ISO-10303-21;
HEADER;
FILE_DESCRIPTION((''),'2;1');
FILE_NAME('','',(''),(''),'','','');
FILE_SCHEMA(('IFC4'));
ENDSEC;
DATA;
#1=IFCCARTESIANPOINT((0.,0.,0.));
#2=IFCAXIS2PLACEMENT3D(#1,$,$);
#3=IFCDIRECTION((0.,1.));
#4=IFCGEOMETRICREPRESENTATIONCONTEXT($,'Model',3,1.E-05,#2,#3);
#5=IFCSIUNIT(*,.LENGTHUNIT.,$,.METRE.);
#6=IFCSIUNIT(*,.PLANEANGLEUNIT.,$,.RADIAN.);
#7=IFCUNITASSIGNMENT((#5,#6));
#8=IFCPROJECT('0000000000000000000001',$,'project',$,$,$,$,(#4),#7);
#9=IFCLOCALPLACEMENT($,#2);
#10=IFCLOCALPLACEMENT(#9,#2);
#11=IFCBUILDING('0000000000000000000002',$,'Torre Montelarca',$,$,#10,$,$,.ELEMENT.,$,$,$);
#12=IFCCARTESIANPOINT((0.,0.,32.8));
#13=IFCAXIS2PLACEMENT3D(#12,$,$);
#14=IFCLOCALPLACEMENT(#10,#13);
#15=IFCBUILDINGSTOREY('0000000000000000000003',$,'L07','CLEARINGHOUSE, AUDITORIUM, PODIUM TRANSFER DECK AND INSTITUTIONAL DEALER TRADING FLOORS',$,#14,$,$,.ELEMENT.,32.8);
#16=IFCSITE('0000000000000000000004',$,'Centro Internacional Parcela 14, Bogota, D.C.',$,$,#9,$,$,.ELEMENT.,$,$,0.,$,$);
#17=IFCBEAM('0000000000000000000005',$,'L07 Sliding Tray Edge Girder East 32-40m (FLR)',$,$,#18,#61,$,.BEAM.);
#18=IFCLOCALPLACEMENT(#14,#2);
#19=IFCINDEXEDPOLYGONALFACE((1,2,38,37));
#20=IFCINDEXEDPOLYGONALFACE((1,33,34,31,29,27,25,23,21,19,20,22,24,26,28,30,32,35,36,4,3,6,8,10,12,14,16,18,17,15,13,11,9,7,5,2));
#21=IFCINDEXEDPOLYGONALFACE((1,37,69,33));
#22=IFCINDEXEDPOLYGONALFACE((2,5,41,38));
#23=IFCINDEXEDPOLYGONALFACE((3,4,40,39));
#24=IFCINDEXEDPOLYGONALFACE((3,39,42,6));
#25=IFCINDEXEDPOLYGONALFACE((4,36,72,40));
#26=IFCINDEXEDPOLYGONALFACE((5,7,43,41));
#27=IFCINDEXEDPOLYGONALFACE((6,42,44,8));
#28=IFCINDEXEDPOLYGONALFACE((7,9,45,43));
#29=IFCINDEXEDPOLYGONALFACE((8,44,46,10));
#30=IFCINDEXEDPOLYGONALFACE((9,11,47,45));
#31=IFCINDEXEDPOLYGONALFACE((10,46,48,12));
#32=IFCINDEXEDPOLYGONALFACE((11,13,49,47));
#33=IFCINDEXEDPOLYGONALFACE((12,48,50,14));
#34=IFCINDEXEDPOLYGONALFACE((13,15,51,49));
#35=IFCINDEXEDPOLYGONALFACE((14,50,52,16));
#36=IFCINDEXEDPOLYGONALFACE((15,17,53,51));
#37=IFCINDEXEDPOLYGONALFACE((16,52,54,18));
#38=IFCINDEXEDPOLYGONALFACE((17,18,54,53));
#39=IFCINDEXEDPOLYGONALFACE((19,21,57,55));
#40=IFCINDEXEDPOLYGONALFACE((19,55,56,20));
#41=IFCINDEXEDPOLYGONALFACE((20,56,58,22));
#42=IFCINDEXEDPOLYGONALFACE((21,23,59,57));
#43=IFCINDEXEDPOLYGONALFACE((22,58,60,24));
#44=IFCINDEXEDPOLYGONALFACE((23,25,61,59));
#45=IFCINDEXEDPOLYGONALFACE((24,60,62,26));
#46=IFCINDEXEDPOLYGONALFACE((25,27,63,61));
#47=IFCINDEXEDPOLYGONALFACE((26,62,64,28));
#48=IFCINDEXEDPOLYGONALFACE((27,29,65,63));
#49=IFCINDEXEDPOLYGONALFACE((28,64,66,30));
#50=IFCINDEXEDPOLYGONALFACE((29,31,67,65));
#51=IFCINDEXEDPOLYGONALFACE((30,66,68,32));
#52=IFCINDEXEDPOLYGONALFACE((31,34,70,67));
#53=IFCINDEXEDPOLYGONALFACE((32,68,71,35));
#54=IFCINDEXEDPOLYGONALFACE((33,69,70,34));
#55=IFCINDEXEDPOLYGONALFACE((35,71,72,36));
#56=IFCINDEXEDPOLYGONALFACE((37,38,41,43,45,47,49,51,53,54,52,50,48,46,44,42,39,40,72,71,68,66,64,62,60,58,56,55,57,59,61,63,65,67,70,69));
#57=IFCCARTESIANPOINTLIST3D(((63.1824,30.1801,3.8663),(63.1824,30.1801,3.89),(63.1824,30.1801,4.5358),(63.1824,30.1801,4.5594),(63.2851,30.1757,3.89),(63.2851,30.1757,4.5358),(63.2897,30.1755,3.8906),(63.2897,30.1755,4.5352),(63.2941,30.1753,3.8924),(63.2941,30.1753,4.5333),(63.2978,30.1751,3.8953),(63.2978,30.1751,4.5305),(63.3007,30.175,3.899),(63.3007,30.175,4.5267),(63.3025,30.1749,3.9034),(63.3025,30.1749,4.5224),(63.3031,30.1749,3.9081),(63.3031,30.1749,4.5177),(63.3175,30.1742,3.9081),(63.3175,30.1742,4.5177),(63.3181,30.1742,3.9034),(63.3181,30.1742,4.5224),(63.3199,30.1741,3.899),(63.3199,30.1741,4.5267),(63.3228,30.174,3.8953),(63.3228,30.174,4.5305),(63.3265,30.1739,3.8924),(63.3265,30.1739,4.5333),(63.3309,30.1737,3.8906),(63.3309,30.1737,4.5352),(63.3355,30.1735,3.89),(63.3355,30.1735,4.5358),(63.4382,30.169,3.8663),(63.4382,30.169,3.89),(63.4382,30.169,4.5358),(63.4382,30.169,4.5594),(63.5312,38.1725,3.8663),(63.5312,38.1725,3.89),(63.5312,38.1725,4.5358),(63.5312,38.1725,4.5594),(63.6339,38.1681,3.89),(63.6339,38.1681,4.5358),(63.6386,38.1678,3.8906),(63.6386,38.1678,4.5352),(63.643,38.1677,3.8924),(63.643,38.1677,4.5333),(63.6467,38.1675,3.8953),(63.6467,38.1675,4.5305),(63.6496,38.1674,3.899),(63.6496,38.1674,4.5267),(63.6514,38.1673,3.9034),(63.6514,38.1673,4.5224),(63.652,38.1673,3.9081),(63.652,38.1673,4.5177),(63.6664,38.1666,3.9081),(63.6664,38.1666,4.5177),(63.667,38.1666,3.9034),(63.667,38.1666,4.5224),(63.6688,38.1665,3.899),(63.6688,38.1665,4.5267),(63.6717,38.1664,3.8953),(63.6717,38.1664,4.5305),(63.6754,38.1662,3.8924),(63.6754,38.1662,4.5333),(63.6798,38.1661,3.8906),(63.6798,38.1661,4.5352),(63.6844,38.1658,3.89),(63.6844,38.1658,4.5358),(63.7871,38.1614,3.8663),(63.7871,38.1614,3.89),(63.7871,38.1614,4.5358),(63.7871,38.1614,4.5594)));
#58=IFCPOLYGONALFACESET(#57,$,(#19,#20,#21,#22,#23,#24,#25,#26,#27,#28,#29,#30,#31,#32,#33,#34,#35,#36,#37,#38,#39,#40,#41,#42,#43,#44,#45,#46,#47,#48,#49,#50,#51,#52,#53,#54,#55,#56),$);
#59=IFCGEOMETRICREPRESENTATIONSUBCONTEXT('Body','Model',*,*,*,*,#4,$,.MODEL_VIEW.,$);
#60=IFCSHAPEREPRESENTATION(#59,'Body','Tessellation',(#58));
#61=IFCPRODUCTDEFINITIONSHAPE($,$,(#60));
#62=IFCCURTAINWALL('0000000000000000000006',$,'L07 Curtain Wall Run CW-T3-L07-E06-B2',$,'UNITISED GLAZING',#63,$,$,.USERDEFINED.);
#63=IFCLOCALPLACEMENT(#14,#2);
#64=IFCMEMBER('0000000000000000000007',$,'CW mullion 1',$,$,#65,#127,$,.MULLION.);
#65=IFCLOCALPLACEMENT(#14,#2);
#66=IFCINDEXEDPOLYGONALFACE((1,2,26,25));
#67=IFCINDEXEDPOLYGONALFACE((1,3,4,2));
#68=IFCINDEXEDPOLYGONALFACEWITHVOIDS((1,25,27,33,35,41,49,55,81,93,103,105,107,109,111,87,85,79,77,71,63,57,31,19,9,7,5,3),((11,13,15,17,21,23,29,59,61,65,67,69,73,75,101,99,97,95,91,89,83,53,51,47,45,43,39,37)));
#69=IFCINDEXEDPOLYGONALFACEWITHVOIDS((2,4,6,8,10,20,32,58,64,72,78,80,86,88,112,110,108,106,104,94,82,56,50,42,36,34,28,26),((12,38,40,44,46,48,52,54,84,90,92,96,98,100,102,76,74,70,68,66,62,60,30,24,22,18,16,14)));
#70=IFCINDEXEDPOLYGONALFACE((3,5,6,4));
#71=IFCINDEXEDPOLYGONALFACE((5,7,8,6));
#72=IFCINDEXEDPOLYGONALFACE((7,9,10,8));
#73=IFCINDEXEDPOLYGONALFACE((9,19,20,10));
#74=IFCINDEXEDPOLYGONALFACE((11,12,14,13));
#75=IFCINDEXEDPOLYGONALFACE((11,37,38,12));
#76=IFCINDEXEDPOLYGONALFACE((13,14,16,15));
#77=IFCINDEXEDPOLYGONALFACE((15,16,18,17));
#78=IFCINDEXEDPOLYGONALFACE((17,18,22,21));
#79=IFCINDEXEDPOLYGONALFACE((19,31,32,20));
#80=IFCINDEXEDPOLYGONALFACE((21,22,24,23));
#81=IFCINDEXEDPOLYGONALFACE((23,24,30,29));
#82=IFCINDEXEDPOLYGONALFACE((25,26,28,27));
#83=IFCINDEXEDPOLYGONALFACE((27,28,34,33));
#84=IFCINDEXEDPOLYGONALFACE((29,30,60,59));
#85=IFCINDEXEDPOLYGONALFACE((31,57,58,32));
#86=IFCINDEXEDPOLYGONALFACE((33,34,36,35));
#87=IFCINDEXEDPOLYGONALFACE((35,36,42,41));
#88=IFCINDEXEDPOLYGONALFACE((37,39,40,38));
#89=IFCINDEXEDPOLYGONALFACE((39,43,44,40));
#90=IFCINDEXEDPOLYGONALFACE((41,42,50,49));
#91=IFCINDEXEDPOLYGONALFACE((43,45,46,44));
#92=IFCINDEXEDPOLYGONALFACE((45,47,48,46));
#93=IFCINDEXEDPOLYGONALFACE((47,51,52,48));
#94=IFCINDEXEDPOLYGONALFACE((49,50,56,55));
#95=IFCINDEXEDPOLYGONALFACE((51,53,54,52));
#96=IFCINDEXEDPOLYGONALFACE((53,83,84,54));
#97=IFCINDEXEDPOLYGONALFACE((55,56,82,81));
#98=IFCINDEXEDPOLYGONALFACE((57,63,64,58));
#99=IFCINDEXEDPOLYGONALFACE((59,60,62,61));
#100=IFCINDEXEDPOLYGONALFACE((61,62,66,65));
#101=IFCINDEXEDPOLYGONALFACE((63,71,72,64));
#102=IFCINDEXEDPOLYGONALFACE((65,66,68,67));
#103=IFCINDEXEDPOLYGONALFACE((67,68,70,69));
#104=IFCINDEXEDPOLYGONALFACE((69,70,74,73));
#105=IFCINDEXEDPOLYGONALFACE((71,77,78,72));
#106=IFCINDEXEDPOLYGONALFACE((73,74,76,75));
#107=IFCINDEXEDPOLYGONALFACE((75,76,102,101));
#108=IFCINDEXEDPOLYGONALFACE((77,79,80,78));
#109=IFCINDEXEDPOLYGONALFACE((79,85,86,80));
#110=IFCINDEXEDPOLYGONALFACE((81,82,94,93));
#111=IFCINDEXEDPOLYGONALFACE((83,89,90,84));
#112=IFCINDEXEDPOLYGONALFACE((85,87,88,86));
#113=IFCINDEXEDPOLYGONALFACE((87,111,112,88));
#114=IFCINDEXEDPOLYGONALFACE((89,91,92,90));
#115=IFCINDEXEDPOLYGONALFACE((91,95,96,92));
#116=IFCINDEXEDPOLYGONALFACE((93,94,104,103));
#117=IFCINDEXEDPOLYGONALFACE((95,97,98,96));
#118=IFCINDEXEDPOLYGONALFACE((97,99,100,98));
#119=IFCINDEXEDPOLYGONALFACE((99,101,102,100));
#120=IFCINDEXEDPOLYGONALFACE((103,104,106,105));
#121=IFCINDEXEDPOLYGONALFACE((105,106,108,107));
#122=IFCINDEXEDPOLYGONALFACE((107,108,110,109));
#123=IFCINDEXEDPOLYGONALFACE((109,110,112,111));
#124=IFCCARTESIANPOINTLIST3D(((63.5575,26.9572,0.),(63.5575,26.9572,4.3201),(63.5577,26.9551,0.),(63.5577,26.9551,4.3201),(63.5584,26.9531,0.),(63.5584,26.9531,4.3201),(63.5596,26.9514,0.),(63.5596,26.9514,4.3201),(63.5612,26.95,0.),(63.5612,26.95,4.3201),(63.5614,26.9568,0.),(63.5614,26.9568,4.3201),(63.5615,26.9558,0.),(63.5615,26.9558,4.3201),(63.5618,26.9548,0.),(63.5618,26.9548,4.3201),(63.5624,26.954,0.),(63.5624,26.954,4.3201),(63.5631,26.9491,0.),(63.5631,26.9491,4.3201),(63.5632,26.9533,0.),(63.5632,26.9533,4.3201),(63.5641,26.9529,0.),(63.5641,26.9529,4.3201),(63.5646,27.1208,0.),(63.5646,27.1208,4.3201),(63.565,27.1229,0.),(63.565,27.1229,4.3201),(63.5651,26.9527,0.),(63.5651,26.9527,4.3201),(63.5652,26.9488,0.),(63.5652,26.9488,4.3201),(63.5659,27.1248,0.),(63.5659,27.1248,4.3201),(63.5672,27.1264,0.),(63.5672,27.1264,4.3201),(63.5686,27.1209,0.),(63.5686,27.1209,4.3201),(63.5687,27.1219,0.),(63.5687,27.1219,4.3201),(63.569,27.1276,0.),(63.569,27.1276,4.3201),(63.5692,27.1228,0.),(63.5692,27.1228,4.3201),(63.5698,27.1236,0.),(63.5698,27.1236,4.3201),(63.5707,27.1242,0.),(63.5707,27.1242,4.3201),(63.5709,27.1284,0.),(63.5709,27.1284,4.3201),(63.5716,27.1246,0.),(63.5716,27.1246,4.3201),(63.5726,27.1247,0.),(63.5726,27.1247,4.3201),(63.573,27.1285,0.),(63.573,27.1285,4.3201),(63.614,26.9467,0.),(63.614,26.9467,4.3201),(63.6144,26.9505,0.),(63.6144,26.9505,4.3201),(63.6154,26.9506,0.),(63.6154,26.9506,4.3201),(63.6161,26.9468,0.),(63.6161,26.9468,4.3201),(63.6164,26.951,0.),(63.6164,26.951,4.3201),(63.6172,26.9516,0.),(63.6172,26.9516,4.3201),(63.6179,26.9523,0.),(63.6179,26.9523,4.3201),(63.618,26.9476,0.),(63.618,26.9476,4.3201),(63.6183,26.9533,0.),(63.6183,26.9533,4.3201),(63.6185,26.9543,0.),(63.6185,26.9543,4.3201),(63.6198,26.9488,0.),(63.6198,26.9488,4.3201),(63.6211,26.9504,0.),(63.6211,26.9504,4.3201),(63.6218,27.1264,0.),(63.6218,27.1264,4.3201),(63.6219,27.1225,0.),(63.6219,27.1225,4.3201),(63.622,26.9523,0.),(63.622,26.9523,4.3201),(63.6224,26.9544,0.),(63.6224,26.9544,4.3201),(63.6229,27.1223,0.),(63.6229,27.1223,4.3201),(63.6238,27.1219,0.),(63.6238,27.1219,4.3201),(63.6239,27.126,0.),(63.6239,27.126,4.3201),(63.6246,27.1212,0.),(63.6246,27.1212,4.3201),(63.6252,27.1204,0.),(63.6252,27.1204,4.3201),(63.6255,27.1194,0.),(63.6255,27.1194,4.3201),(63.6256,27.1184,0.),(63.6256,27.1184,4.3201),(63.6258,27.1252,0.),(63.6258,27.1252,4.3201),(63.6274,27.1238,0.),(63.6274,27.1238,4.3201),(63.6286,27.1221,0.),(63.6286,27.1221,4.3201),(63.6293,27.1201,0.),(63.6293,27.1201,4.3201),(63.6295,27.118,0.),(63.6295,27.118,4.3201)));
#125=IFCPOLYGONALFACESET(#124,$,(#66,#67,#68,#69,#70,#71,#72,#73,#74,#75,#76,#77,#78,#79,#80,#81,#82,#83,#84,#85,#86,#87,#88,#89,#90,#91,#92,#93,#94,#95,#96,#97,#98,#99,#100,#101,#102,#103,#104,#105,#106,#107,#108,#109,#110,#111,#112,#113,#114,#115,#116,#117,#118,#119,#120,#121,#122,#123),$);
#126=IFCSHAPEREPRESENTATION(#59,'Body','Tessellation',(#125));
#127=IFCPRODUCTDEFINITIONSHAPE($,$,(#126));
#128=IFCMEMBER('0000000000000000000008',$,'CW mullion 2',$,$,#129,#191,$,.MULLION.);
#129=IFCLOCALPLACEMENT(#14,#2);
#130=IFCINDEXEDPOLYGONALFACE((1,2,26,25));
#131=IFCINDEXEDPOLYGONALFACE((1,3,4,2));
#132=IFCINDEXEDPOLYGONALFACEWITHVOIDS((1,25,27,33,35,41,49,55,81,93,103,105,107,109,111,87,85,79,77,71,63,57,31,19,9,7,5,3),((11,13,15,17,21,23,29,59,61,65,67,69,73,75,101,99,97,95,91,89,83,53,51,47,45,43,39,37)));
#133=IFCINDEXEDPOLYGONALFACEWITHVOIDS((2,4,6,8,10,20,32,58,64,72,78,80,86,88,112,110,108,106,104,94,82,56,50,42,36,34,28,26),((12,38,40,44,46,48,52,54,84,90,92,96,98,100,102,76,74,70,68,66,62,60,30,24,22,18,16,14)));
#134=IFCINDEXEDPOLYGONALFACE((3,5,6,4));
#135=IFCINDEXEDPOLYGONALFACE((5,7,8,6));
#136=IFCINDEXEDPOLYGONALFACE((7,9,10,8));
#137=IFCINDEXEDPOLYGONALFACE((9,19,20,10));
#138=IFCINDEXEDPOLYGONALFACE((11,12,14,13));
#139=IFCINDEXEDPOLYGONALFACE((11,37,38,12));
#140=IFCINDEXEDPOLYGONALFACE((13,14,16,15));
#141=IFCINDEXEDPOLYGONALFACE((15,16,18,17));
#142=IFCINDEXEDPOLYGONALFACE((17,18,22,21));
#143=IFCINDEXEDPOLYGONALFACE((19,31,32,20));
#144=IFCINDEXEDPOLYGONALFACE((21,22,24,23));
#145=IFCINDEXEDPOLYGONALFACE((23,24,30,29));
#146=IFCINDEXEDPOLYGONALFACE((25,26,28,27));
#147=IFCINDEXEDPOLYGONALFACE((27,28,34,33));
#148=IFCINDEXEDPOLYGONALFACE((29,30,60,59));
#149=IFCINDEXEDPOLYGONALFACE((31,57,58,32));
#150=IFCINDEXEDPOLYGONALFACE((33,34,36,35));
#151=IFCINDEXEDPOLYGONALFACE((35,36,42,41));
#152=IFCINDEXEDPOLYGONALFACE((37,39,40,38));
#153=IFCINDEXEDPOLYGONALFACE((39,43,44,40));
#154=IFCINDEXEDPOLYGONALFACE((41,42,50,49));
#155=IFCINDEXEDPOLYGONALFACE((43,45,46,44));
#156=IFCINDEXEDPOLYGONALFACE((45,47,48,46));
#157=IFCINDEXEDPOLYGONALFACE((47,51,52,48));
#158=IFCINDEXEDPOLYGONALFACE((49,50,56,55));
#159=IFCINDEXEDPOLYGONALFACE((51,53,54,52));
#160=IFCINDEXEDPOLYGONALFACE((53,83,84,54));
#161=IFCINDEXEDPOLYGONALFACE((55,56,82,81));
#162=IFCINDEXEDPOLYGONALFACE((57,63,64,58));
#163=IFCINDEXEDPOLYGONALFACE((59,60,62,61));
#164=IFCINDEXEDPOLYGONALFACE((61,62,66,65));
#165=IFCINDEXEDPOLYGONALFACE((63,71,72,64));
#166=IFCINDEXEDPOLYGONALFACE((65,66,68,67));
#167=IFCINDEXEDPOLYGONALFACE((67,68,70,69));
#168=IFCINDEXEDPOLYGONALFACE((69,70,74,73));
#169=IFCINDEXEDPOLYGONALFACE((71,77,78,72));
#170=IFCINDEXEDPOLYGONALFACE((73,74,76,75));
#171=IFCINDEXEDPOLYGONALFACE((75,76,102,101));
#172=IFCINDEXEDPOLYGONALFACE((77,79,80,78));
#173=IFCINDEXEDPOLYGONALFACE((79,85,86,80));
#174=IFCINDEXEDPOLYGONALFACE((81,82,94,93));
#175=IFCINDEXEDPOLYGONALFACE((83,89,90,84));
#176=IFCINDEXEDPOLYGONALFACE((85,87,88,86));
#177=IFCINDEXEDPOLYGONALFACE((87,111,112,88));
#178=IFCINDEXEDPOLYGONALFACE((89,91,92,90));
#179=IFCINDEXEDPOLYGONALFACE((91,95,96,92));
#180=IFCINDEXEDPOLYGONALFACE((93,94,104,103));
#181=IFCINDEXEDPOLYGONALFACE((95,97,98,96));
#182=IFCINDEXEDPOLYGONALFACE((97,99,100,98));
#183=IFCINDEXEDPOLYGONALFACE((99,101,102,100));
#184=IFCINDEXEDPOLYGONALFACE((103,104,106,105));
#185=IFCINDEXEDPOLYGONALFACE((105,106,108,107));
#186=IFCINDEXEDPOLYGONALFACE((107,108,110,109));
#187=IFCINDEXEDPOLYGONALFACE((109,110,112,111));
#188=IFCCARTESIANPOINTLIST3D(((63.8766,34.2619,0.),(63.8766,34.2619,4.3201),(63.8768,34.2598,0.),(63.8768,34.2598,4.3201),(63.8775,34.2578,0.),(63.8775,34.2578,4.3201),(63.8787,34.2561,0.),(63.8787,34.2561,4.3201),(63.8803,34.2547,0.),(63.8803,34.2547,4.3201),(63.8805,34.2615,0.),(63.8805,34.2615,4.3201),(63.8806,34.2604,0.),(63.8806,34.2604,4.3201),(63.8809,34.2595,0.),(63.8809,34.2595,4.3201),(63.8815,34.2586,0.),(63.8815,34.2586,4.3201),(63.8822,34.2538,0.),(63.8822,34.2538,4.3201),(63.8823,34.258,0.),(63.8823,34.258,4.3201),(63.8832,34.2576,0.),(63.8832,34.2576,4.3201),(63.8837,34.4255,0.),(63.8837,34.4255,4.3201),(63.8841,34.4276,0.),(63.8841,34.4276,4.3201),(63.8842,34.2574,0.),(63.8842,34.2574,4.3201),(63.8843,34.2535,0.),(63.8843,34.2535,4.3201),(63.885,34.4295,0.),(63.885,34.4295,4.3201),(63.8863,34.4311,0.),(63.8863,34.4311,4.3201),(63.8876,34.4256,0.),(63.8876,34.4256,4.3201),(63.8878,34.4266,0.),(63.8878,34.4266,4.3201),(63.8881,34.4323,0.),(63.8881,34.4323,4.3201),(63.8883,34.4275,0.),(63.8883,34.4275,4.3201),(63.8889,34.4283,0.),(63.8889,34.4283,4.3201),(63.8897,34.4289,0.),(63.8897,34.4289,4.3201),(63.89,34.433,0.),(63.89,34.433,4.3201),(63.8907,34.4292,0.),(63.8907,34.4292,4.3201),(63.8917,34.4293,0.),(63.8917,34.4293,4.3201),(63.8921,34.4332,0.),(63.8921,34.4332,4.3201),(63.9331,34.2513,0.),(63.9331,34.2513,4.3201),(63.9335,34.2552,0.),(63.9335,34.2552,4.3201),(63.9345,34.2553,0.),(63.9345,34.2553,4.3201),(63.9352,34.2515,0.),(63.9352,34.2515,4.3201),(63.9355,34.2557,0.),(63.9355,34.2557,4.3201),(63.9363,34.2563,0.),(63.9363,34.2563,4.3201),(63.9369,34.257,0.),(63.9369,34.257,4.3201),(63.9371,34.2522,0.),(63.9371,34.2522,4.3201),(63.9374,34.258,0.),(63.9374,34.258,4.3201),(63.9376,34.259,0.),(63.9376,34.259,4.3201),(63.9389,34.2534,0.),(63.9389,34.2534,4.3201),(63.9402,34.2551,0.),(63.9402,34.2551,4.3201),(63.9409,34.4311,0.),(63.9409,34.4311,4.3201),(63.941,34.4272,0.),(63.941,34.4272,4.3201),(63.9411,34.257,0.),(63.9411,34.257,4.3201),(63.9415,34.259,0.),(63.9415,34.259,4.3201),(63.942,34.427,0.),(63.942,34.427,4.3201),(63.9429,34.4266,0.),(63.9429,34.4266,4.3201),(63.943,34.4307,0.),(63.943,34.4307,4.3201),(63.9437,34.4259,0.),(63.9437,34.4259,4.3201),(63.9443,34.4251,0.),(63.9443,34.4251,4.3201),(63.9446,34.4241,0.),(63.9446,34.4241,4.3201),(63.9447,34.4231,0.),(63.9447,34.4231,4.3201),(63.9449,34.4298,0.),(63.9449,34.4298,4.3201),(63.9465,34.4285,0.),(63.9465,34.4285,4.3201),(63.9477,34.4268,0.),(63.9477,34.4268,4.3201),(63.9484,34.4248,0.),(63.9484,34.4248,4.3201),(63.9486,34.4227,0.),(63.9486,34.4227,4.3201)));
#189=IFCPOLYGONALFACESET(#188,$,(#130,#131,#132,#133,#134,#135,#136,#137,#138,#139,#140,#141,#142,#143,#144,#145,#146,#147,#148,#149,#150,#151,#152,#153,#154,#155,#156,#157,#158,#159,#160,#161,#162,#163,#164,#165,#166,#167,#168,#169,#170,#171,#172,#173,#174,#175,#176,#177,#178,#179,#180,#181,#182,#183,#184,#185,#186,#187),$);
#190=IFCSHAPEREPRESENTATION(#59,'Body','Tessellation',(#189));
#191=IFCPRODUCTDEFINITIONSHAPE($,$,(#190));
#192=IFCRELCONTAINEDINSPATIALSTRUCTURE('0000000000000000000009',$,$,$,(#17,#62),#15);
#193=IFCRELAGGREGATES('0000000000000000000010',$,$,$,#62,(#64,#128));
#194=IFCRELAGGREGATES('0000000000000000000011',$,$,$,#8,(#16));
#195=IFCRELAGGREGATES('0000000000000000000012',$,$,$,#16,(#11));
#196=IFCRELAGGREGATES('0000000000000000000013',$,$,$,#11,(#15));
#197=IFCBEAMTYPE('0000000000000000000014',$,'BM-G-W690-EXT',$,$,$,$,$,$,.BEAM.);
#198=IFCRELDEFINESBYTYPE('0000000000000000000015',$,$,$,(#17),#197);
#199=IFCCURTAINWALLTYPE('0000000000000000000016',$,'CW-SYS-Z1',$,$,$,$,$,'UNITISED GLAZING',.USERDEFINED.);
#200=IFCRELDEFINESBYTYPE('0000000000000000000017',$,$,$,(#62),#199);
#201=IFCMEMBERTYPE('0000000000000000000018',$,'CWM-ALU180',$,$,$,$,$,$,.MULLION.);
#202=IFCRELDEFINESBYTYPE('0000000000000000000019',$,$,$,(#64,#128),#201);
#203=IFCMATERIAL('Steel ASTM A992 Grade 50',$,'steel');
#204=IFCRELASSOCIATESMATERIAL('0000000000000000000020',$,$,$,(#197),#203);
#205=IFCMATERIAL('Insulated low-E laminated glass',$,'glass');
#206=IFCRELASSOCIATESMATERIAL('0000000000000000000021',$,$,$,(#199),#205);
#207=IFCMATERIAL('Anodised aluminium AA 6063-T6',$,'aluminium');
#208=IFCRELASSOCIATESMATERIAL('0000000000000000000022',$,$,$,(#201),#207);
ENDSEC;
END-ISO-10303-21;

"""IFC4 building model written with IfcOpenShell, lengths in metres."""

from ifc_helpers import new_model, si_unit, direction, frame, origin, origin_2d, place, context, subcontext, project, spatial, hollow_rectangle, i_section, extrude, source, transform, mapped, material, material_profile, profile_set, type_object, element, aggregate, save


model = new_model("IFC4")

# Units and contexts
model_context = context("Model", 3, precision=1e-05, world=origin(), true_north=direction((0.0, 1.0)))
body_context = subcontext(model_context, "Body", "Model", "MODEL_VIEW")
ifc_project = project(units=[si_unit("LENGTHUNIT", "METRE"), si_unit("PLANEANGLEUNIT", "RADIAN")], contexts=[model_context])

# Site, building, storey
site_placement = place(None, origin())
site = spatial("IfcSite", under=ifc_project, at=site_placement, Name="Centro Internacional Parcela 14, Bogota, D.C.", CompositionType="ELEMENT", RefElevation=0.0)
building_placement = place(site_placement, origin())
building = spatial("IfcBuilding", under=site, at=building_placement, Name="Torre Montelarca", CompositionType="ELEMENT")
storey_placement = place(building_placement, frame((0.0, 0.0, 32.8)))
storey = spatial("IfcBuildingStorey", under=building, at=storey_placement, Name="L07", Description="CLEARINGHOUSE, AUDITORIUM, PODIUM TRANSFER DECK AND INSTITUTIONAL DEALER TRADING FLOORS", CompositionType="ELEMENT", Elevation=32.8)

# Beam
ifc_material_1 = material(Name="Steel ASTM A992 Grade 50", Category="steel")
ifc_material_profile_1 = material_profile(ifc_material_1, i_section(OverallWidth=0.2561, OverallDepth=0.6931, WebThickness=0.0144, FlangeThickness=0.0237, FilletRadius=0.0181, at=origin_2d()), Name="W690X170", Category="steel")
ifc_profile_set_1 = profile_set([ifc_material_profile_1], Name="Steel ASTM A992 Grade 50")
beam_type = type_object("IfcBeamType", Name="BM-G-W690-EXT", PredefinedType="BEAM", material=ifc_profile_set_1)
shared_shape_1 = source(origin(), body_context, "Body", "SweptSolid", [
    extrude(i_section(OverallWidth=0.2561, OverallDepth=0.6931, WebThickness=0.0144, FlangeThickness=0.0237, FilletRadius=0.0181, at=origin_2d()), origin(), (0.0, 0.0, 1.0), 8.0),
])
beam_placement = place(storey_placement, frame((63.3103, 30.1746, 4.2129), z_axis=(0.043609, 0.999049, 0.0), x_axis=(-0.999049, 0.043609, 0.0)))
element("IfcBeam", 1, at=beam_placement, inside=storey, type_object=beam_type, Name="L07 Sliding Tray Edge Girder East 32-40m (FLR)", PredefinedType="BEAM", context=body_context, shape_type="MappedRepresentation", body=[
    mapped(shared_shape_1, transform((0.0, 0.0, 0.0), scale=1.0)),
])

# Curtain wall, members
ifc_material_2 = material(Name="Insulated low-E laminated glass", Category="glass")
curtain_wall_type = type_object("IfcCurtainWallType", Name="CW-SYS-Z1", ElementType="UNITISED GLAZING", PredefinedType="USERDEFINED", material=ifc_material_2)
curtain_wall_1_placement = place(storey_placement, origin())
curtain_wall_1 = element("IfcCurtainWall", 2, at=curtain_wall_1_placement, inside=storey, type_object=curtain_wall_type, Name="L07 Curtain Wall Run CW-T3-L07-E06-B2", ObjectType="UNITISED GLAZING", PredefinedType="USERDEFINED")
ifc_material_3 = material(Name="Anodised aluminium AA 6063-T6", Category="aluminium")
ifc_material_profile_2 = material_profile(ifc_material_3, hollow_rectangle(XDim=0.0649, YDim=0.1799, WallThickness=0.0039, InnerFilletRadius=0.0039, OuterFilletRadius=0.0081, at=origin_2d()), Name="ALU65X180X4", Category="aluminium")
ifc_profile_set_2 = profile_set([ifc_material_profile_2], Name="Anodised aluminium AA 6063-T6")
member_type_1 = type_object("IfcMemberType", Name="CWM-ALU180", PredefinedType="MULLION", material=ifc_profile_set_2)
shared_shape_2 = source(origin(), body_context, "Body", "SweptSolid", [
    extrude(hollow_rectangle(XDim=0.0649, YDim=0.1799, WallThickness=0.0039, InnerFilletRadius=0.0039, OuterFilletRadius=0.0081, at=origin_2d()), origin(), (0.0, 0.0, 1.0), 4.3201),
])
member_1_placement = place(storey_placement, frame((63.5935, 27.0376, 0.0), z_axis=(0.0, 0.0, 1.0), x_axis=(-0.999048, 0.04362, 0.0)))
member_1 = element("IfcMember", 3, at=member_1_placement, type_object=member_type_1, Name="CW mullion 1", PredefinedType="MULLION", context=body_context, shape_type="MappedRepresentation", body=[
    mapped(shared_shape_2, transform((0.0, 0.0, 0.0), scale=1.0)),
])
member_2_placement = place(storey_placement, frame((63.9126, 34.3423, 0.0), z_axis=(0.0, 0.0, 1.0), x_axis=(-0.999048, 0.04362, 0.0)))
member_2 = element("IfcMember", 4, at=member_2_placement, type_object=member_type_1, Name="CW mullion 2", PredefinedType="MULLION", context=body_context, shape_type="MappedRepresentation", body=[
    mapped(shared_shape_2, transform((0.0, 0.0, 0.0), scale=1.0)),
])

aggregate(curtain_wall_1, [member_1, member_2])

save(model, "model.ifc")
